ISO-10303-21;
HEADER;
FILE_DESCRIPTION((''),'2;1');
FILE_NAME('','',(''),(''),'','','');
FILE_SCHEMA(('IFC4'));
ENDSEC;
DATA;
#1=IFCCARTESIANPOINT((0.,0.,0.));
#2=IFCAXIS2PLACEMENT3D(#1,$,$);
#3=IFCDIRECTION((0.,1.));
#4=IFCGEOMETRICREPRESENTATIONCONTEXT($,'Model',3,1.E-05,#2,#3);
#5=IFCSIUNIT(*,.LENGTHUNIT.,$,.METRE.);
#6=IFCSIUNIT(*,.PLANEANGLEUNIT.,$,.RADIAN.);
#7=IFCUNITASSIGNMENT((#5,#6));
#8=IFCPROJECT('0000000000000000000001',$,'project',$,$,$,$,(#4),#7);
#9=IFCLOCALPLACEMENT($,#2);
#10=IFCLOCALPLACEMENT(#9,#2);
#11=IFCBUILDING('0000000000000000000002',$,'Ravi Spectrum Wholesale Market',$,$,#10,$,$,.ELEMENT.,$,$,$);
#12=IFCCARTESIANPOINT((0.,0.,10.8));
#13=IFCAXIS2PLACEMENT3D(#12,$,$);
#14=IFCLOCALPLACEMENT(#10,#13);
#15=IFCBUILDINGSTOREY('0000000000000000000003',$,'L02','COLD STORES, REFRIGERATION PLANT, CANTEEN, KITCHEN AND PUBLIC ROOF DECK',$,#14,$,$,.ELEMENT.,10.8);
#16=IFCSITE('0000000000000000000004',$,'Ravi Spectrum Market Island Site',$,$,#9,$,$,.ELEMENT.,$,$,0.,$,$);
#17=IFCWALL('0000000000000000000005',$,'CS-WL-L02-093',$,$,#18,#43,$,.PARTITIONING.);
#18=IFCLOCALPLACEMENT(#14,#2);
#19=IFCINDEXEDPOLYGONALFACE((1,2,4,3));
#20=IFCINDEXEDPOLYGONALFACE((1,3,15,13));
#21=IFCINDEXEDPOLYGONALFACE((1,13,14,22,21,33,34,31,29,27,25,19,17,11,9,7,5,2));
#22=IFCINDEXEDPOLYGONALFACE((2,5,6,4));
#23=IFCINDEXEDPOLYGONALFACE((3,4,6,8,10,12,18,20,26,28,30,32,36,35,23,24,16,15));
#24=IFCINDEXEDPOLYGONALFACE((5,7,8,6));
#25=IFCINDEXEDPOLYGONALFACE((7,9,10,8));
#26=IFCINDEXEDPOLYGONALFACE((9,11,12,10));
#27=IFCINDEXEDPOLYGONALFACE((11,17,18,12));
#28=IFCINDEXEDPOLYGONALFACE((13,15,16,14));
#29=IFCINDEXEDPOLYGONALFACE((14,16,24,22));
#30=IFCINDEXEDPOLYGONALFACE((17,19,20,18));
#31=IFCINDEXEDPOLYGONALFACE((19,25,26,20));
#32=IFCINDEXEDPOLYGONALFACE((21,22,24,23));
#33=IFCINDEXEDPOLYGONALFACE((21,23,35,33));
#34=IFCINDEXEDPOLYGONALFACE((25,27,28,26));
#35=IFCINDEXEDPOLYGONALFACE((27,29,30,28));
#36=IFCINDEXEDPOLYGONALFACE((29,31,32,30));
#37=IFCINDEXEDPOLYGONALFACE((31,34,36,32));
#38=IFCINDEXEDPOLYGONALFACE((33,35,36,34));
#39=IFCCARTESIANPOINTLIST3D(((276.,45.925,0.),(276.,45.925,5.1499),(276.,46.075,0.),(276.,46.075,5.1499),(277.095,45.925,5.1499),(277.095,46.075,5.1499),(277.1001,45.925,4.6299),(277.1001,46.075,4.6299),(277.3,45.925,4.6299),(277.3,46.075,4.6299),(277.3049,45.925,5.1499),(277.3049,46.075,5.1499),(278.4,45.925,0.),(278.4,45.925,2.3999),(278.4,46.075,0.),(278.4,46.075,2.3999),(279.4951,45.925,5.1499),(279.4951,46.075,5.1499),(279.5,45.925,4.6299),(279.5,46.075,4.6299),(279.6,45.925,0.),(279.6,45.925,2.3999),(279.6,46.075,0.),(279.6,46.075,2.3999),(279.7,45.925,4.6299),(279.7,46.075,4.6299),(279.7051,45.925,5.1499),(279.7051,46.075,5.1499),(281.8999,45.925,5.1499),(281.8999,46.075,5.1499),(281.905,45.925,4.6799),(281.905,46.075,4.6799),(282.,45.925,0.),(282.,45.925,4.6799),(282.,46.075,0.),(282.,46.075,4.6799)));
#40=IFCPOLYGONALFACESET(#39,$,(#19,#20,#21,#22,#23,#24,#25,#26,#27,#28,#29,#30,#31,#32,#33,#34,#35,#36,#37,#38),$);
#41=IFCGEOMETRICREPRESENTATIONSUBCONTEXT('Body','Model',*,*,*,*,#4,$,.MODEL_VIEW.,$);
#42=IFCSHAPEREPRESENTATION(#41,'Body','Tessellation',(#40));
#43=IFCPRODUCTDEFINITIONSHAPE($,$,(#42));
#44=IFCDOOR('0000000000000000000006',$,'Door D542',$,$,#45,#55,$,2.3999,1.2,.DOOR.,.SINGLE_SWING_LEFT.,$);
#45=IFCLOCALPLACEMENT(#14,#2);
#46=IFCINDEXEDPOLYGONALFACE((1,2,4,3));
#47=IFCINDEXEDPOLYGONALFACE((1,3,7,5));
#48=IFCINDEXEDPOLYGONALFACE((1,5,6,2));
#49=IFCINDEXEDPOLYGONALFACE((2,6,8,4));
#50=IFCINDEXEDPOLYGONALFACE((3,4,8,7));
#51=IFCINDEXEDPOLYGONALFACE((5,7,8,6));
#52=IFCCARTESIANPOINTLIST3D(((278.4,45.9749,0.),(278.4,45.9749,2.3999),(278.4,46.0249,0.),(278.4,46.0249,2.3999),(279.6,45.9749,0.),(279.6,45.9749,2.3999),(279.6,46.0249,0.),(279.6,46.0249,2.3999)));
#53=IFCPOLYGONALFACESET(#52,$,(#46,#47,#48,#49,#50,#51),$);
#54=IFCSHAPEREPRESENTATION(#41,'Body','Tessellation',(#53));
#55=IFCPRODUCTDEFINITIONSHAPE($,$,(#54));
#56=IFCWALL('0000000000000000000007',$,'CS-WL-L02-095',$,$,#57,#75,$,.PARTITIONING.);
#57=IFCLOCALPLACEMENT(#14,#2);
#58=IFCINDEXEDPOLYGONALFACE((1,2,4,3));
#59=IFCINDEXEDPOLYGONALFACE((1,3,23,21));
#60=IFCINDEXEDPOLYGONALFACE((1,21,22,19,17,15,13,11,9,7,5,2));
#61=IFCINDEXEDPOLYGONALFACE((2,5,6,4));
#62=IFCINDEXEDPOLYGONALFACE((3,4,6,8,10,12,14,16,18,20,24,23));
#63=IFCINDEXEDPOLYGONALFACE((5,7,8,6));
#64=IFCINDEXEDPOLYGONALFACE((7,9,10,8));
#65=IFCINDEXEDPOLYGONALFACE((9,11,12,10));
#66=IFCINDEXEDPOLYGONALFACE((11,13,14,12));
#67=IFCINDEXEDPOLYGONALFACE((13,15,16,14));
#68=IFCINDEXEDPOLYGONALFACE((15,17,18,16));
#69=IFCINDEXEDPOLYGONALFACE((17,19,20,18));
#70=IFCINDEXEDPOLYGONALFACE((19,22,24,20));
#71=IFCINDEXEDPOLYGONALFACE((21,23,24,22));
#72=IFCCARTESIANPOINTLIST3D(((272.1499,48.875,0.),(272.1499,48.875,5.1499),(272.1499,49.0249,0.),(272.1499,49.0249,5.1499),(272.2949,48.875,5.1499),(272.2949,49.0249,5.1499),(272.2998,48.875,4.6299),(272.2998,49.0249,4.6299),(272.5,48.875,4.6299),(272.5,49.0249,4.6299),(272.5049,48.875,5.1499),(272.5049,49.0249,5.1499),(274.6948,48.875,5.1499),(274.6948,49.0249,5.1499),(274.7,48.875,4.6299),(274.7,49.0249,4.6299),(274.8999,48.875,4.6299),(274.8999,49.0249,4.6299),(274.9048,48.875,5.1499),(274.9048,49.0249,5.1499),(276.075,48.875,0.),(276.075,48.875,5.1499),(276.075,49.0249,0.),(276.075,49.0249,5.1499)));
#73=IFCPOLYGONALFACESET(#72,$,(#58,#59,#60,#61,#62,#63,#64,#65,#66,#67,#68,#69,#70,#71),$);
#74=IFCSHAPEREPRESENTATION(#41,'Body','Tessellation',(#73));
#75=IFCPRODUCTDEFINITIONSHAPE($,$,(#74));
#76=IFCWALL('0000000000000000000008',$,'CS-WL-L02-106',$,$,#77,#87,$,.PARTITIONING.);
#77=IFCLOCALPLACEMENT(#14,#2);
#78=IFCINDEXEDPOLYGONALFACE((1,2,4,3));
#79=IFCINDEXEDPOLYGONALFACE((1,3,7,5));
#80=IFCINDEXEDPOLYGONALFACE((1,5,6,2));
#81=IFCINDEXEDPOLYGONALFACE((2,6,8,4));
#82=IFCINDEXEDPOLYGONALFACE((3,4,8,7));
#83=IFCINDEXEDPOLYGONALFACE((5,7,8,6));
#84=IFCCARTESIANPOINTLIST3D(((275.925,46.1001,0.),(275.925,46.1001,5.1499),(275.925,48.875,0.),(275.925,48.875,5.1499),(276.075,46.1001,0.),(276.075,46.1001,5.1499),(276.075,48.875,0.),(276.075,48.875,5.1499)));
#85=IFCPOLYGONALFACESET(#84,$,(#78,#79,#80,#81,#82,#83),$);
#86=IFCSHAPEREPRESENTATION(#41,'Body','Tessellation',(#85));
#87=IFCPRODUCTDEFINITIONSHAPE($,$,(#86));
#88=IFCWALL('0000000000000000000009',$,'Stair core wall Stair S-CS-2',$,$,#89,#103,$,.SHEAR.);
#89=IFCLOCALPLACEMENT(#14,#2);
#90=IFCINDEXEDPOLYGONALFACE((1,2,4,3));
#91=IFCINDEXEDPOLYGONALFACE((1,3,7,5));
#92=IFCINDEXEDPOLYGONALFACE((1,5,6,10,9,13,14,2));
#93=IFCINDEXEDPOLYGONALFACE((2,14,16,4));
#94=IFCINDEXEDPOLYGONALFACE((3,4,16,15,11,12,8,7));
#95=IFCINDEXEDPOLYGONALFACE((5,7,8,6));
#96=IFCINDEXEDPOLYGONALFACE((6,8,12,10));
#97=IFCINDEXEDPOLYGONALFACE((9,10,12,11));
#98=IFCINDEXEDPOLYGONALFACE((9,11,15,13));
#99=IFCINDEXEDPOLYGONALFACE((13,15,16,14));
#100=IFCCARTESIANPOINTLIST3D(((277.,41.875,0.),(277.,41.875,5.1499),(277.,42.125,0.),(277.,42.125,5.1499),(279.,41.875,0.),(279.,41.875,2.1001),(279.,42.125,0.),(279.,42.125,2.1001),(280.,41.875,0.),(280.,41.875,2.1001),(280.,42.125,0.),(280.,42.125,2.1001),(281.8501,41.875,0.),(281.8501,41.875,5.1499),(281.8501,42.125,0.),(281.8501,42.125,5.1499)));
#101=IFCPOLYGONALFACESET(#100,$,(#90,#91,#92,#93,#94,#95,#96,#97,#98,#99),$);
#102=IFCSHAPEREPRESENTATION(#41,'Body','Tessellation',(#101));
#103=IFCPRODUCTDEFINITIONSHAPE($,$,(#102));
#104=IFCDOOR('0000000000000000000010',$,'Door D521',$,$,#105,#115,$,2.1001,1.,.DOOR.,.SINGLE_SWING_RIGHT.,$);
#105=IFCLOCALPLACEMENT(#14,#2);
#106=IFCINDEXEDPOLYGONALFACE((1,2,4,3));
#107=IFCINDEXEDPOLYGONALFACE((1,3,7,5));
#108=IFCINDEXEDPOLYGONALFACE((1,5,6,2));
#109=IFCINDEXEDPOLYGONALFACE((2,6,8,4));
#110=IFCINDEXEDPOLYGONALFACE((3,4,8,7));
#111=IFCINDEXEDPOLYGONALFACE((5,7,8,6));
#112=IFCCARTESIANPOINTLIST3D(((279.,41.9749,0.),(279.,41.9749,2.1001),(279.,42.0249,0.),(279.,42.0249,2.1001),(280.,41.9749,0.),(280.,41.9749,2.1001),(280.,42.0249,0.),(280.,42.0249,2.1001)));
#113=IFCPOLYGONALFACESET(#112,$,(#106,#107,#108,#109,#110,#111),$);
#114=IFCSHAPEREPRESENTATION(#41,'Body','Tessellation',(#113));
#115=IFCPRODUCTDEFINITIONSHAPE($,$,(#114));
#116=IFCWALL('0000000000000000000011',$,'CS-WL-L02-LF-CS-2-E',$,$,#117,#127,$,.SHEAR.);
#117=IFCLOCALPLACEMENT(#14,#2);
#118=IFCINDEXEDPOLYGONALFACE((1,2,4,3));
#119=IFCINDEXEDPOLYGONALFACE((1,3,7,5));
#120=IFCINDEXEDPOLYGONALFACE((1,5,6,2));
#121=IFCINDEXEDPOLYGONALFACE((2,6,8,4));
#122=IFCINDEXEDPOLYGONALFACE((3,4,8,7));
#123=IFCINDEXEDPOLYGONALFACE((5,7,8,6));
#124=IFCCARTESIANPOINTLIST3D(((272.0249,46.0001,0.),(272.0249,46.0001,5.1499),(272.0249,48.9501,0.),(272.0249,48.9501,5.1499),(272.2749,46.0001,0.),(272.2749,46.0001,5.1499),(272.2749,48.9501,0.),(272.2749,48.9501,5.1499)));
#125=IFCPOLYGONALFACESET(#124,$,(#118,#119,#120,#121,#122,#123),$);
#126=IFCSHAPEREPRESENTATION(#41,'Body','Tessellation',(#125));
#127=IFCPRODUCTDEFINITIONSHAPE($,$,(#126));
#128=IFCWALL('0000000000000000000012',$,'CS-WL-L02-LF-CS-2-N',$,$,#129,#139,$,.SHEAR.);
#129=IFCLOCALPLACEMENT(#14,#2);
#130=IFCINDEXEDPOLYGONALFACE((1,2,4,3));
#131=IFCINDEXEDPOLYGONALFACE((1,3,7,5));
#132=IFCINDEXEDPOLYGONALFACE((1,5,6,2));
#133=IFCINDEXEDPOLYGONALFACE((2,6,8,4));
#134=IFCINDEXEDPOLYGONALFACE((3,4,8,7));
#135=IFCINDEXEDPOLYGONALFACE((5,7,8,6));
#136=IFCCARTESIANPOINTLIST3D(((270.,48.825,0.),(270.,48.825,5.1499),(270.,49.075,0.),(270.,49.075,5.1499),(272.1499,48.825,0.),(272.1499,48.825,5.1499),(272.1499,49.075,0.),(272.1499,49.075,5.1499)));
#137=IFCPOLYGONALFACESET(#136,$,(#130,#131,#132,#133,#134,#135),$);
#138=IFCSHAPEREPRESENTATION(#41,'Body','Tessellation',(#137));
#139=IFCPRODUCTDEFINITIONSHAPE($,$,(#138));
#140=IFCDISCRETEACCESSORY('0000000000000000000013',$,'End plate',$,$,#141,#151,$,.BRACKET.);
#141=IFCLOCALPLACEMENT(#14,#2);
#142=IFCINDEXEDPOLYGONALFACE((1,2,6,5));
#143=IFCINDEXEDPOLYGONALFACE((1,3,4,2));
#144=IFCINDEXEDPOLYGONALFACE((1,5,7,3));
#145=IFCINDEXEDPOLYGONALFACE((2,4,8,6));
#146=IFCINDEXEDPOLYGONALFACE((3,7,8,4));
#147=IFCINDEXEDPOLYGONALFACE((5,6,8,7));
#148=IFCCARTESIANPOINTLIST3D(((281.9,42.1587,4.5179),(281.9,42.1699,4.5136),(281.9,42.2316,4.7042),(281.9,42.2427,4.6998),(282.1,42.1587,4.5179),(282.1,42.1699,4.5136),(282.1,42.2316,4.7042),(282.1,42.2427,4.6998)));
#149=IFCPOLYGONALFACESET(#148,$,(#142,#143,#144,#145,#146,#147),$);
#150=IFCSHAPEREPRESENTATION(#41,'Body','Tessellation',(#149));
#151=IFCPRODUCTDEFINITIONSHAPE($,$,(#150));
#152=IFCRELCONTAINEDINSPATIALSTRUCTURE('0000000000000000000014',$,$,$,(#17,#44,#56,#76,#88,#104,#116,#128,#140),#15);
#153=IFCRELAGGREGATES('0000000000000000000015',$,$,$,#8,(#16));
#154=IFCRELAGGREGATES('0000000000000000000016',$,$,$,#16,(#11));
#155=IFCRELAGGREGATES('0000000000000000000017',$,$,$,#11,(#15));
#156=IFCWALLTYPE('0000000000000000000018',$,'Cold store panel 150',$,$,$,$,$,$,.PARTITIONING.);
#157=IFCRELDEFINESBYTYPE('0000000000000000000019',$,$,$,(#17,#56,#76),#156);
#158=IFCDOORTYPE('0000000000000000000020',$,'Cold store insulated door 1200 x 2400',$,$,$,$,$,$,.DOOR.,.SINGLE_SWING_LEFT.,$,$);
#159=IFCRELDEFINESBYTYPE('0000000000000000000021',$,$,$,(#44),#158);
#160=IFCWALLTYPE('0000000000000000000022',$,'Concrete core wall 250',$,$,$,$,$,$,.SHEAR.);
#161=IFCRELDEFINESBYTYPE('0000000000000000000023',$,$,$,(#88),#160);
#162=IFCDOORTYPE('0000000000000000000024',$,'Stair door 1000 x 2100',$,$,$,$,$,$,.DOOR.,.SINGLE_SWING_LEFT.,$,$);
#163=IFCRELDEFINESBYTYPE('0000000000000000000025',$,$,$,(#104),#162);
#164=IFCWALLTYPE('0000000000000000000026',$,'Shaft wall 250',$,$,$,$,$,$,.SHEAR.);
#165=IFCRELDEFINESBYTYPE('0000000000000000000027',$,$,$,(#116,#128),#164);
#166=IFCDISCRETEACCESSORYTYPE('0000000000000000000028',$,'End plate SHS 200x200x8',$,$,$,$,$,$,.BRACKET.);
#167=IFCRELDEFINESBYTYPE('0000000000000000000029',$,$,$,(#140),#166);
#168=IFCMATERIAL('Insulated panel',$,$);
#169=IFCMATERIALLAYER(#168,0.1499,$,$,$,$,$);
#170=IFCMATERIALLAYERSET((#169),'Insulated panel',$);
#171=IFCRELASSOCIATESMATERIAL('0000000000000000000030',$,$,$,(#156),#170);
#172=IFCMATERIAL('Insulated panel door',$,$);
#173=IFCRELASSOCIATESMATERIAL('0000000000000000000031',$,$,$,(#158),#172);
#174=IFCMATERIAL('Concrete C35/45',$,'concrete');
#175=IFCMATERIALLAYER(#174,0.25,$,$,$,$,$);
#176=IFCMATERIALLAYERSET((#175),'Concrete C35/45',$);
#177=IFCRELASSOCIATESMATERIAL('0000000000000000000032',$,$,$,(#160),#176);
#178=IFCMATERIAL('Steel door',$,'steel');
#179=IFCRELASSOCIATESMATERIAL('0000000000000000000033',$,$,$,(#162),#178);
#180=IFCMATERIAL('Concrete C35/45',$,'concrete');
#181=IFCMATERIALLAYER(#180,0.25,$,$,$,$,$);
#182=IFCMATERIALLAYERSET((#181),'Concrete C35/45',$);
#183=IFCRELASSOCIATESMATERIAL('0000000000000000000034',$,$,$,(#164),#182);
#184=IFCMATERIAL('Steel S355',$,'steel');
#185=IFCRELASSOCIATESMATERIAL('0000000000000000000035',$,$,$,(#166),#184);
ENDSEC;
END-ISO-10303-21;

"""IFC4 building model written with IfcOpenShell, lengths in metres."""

from ifc_helpers import new_model, si_unit, direction, frame, frame_2d, origin, origin_2d, place, context, subcontext, project, spatial, polyline, rectangle, outline, extrude, material, layer, layer_set, material_profile, profile_set, type_object, element, fill, save


model = new_model("IFC4")

# Units and contexts
model_context = context("Model", 3, precision=1e-05, world=origin(), true_north=direction((0.0, 1.0)))
body_context = subcontext(model_context, "Body", "Model", "MODEL_VIEW")
ifc_project = project(units=[si_unit("LENGTHUNIT", "METRE"), si_unit("PLANEANGLEUNIT", "RADIAN")], contexts=[model_context])

# Site, building, storey
site_placement = place(None, origin())
site = spatial("IfcSite", under=ifc_project, at=site_placement, Name="Ravi Spectrum Market Island Site", CompositionType="ELEMENT", RefElevation=0.0)
building_placement = place(site_placement, origin())
building = spatial("IfcBuilding", under=site, at=building_placement, Name="Ravi Spectrum Wholesale Market", CompositionType="ELEMENT")
storey_placement = place(building_placement, frame((0.0, 0.0, 10.8)))
storey = spatial("IfcBuildingStorey", under=building, at=storey_placement, Name="L02", Description="COLD STORES, REFRIGERATION PLANT, CANTEEN, KITCHEN AND PUBLIC ROOF DECK", CompositionType="ELEMENT", Elevation=10.8)

# Shared definitions
ifc_material_1 = material(Name="Insulated panel")
ifc_layer_1 = layer(ifc_material_1, 0.1499)
ifc_layer_set_1 = layer_set([ifc_layer_1], Name="Insulated panel")
wall_type_1 = type_object("IfcWallType", Name="Cold store panel 150", PredefinedType="PARTITIONING", material=ifc_layer_set_1)

# Wall, opening, door
wall_1_placement = place(storey_placement, frame((276.0, 46.0, 0.0), z_axis=(0.0, 0.0, 1.0), x_axis=(1.0, 0.0, 0.0)))
wall_1 = element("IfcWall", 1, at=wall_1_placement, inside=storey, type_object=wall_type_1, Name="CS-WL-L02-093", PredefinedType="PARTITIONING", context=body_context, shape_type="SweptSolid", body=[
    extrude(outline(polyline([(0.0, 0.0), (6.0, 0.0), (6.0, 4.6799), (5.905, 4.6799), (5.8999, 5.1499), (3.7051, 5.1499), (3.7, 4.6299), (3.5, 4.6299), (3.4951, 5.1499), (1.3049, 5.1499), (1.3, 4.6299), (1.1001, 4.6299), (1.095, 5.1499), (0.0, 5.1499), (0.0, 0.0)])), frame((0.0, 0.075, 0.0), z_axis=(0.0, -1.0, 0.0), x_axis=(1.0, 0.0, 0.0)), (0.0, 0.0, 1.0), 0.1499),
])
opening_1_placement = place(wall_1_placement, frame((2.3999, 0.0, 0.0)))
opening_1 = element("IfcOpeningElement", 2, at=opening_1_placement, cuts=wall_1, PredefinedType="OPENING", context=body_context, shape_type="SweptSolid", body=[
    extrude(rectangle(XDim=1.2, YDim=2.3999, at=frame_2d((0.6001, 1.2))), frame((0.0, 0.085, 0.0), z_axis=(0.0, -1.0, 0.0), x_axis=(1.0, 0.0, 0.0)), (0.0, 0.0, 1.0), 0.1699),
])
ifc_material_2 = material(Name="Insulated panel door")
door_type_1 = type_object("IfcDoorType", Name="Cold store insulated door 1200 x 2400", OperationType="SINGLE_SWING_LEFT", PredefinedType="DOOR", material=ifc_material_2)
door_1_placement = place(opening_1_placement, origin())
door_1 = element("IfcDoor", 3, at=door_1_placement, inside=storey, type_object=door_type_1, Name="Door D542", OperationType="SINGLE_SWING_LEFT", OverallHeight=2.3999, OverallWidth=1.2, PredefinedType="DOOR", context=body_context, shape_type="SweptSolid", body=[
    extrude(rectangle(XDim=1.2, YDim=2.3999, at=frame_2d((0.6001, 1.2))), frame((0.0, 0.0249, 0.0), z_axis=(0.0, -1.0, 0.0), x_axis=(1.0, 0.0, 0.0)), (0.0, 0.0, 1.0), 0.05),
])
fill(opening_1, door_1)

# Walls
wall_2_placement = place(storey_placement, frame((272.1499, 48.95, 0.0), z_axis=(0.0, 0.0, 1.0), x_axis=(1.0, 0.0, 0.0)))
element("IfcWall", 4, at=wall_2_placement, inside=storey, type_object=wall_type_1, Name="CS-WL-L02-095", PredefinedType="PARTITIONING", context=body_context, shape_type="SweptSolid", body=[
    extrude(outline(polyline([(0.0, 0.0), (3.925, 0.0), (3.925, 5.1499), (2.7549, 5.1499), (2.75, 4.6299), (2.55, 4.6299), (2.5449, 5.1499), (0.355, 5.1499), (0.3501, 4.6299), (0.1499, 4.6299), (0.145, 5.1499), (0.0, 5.1499), (0.0, 0.0)])), frame((0.0, 0.075, 0.0), z_axis=(0.0, -1.0, 0.0), x_axis=(1.0, 0.0, 0.0)), (0.0, 0.0, 1.0), 0.1499),
])
wall_3_placement = place(storey_placement, frame((276.0, 46.1001, 0.0), z_axis=(0.0, 0.0, 1.0), x_axis=(0.0, 1.0, 0.0)))
element("IfcWall", 5, at=wall_3_placement, inside=storey, type_object=wall_type_1, Name="CS-WL-L02-106", PredefinedType="PARTITIONING", context=body_context, shape_type="SweptSolid", body=[
    extrude(rectangle(XDim=2.7749, YDim=0.1499, at=frame_2d((1.3875, 0.0))), origin(), (0.0, 0.0, 1.0), 5.1499),
])

# Wall, opening, door
ifc_material_3 = material(Name="Concrete C35/45", Category="concrete")
ifc_layer_2 = layer(ifc_material_3, 0.25)
ifc_layer_set_2 = layer_set([ifc_layer_2], Name="Concrete C35/45")
wall_type_2 = type_object("IfcWallType", Name="Concrete core wall 250", PredefinedType="SHEAR", material=ifc_layer_set_2)
wall_4_placement = place(storey_placement, frame((277.0, 42.0, 0.0), z_axis=(0.0, 0.0, 1.0), x_axis=(1.0, 0.0, 0.0)))
wall_4 = element("IfcWall", 6, at=wall_4_placement, inside=storey, type_object=wall_type_2, Name="Stair core wall Stair S-CS-2", PredefinedType="SHEAR", context=body_context, shape_type="SweptSolid", body=[
    extrude(rectangle(XDim=4.8501, YDim=0.25, at=frame_2d((2.425, 0.0))), origin(), (0.0, 0.0, 1.0), 5.1499),
])
opening_2_placement = place(wall_4_placement, frame((2.0, 0.0, 0.0)))
opening_2 = element("IfcOpeningElement", 7, at=opening_2_placement, cuts=wall_4, PredefinedType="OPENING", context=body_context, shape_type="SweptSolid", body=[
    extrude(rectangle(XDim=1.0, YDim=2.1001, at=frame_2d((0.5, 1.05))), frame((0.0, 0.135, 0.0), z_axis=(0.0, -1.0, 0.0), x_axis=(1.0, 0.0, 0.0)), (0.0, 0.0, 1.0), 0.27),
])
ifc_material_4 = material(Name="Steel door", Category="steel")
door_type_2 = type_object("IfcDoorType", Name="Stair door 1000 x 2100", OperationType="SINGLE_SWING_LEFT", PredefinedType="DOOR", material=ifc_material_4)
door_2_placement = place(opening_2_placement, origin())
door_2 = element("IfcDoor", 8, at=door_2_placement, inside=storey, type_object=door_type_2, Name="Door D521", OperationType="SINGLE_SWING_RIGHT", OverallHeight=2.1001, OverallWidth=1.0, PredefinedType="DOOR", context=body_context, shape_type="SweptSolid", body=[
    extrude(rectangle(XDim=1.0, YDim=2.1001, at=frame_2d((0.5, 1.05))), frame((0.0, 0.0249, 0.0), z_axis=(0.0, -1.0, 0.0), x_axis=(1.0, 0.0, 0.0)), (0.0, 0.0, 1.0), 0.05),
])
fill(opening_2, door_2)

# Walls
ifc_material_5 = material(Name="Concrete C35/45", Category="concrete")
ifc_layer_3 = layer(ifc_material_5, 0.25)
ifc_layer_set_3 = layer_set([ifc_layer_3], Name="Concrete C35/45")
wall_type_3 = type_object("IfcWallType", Name="Shaft wall 250", PredefinedType="SHEAR", material=ifc_layer_set_3)
wall_5_placement = place(storey_placement, frame((272.1499, 46.0, 0.0), z_axis=(0.0, 0.0, 1.0), x_axis=(0.0, 1.0, 0.0)))
element("IfcWall", 9, at=wall_5_placement, inside=storey, type_object=wall_type_3, Name="CS-WL-L02-LF-CS-2-E", PredefinedType="SHEAR", context=body_context, shape_type="SweptSolid", body=[
    extrude(rectangle(XDim=2.95, YDim=0.25, at=frame_2d((1.4751, 0.0))), origin(), (0.0, 0.0, 1.0), 5.1499),
])
wall_6_placement = place(storey_placement, frame((272.1499, 48.95, 0.0), z_axis=(0.0, 0.0, 1.0), x_axis=(-1.0, 0.0, 0.0)))
element("IfcWall", 10, at=wall_6_placement, inside=storey, type_object=wall_type_3, Name="CS-WL-L02-LF-CS-2-N", PredefinedType="SHEAR", context=body_context, shape_type="SweptSolid", body=[
    extrude(rectangle(XDim=2.1499, YDim=0.25, at=frame_2d((1.075, 0.0))), origin(), (0.0, 0.0, 1.0), 5.1499),
])

# Discrete accessory
ifc_material_6 = material(Name="Steel S355", Category="steel")
ifc_material_profile_1 = material_profile(ifc_material_6, rectangle(XDim=0.2, YDim=0.2, at=origin_2d()))
ifc_profile_set_1 = profile_set([ifc_material_profile_1], Name="Steel S355")
discrete_accessory_type = type_object("IfcDiscreteAccessoryType", Name="End plate SHS 200x200x8", PredefinedType="BRACKET", material=ifc_profile_set_1)
discrete_accessory_placement = place(storey_placement, frame((282.0, 42.2063, 4.6067), z_axis=(0.0, -0.931243, 0.364399), x_axis=(1.0, 0.0, 0.0)))
element("IfcDiscreteAccessory", 11, at=discrete_accessory_placement, inside=storey, type_object=discrete_accessory_type, Name="End plate", PredefinedType="BRACKET", context=body_context, shape_type="SweptSolid", body=[
    extrude(rectangle(XDim=0.2, YDim=0.2, at=origin_2d()), origin(), (0.0, 0.0, 1.0), 0.012),
])

save(model, "model.ifc")
